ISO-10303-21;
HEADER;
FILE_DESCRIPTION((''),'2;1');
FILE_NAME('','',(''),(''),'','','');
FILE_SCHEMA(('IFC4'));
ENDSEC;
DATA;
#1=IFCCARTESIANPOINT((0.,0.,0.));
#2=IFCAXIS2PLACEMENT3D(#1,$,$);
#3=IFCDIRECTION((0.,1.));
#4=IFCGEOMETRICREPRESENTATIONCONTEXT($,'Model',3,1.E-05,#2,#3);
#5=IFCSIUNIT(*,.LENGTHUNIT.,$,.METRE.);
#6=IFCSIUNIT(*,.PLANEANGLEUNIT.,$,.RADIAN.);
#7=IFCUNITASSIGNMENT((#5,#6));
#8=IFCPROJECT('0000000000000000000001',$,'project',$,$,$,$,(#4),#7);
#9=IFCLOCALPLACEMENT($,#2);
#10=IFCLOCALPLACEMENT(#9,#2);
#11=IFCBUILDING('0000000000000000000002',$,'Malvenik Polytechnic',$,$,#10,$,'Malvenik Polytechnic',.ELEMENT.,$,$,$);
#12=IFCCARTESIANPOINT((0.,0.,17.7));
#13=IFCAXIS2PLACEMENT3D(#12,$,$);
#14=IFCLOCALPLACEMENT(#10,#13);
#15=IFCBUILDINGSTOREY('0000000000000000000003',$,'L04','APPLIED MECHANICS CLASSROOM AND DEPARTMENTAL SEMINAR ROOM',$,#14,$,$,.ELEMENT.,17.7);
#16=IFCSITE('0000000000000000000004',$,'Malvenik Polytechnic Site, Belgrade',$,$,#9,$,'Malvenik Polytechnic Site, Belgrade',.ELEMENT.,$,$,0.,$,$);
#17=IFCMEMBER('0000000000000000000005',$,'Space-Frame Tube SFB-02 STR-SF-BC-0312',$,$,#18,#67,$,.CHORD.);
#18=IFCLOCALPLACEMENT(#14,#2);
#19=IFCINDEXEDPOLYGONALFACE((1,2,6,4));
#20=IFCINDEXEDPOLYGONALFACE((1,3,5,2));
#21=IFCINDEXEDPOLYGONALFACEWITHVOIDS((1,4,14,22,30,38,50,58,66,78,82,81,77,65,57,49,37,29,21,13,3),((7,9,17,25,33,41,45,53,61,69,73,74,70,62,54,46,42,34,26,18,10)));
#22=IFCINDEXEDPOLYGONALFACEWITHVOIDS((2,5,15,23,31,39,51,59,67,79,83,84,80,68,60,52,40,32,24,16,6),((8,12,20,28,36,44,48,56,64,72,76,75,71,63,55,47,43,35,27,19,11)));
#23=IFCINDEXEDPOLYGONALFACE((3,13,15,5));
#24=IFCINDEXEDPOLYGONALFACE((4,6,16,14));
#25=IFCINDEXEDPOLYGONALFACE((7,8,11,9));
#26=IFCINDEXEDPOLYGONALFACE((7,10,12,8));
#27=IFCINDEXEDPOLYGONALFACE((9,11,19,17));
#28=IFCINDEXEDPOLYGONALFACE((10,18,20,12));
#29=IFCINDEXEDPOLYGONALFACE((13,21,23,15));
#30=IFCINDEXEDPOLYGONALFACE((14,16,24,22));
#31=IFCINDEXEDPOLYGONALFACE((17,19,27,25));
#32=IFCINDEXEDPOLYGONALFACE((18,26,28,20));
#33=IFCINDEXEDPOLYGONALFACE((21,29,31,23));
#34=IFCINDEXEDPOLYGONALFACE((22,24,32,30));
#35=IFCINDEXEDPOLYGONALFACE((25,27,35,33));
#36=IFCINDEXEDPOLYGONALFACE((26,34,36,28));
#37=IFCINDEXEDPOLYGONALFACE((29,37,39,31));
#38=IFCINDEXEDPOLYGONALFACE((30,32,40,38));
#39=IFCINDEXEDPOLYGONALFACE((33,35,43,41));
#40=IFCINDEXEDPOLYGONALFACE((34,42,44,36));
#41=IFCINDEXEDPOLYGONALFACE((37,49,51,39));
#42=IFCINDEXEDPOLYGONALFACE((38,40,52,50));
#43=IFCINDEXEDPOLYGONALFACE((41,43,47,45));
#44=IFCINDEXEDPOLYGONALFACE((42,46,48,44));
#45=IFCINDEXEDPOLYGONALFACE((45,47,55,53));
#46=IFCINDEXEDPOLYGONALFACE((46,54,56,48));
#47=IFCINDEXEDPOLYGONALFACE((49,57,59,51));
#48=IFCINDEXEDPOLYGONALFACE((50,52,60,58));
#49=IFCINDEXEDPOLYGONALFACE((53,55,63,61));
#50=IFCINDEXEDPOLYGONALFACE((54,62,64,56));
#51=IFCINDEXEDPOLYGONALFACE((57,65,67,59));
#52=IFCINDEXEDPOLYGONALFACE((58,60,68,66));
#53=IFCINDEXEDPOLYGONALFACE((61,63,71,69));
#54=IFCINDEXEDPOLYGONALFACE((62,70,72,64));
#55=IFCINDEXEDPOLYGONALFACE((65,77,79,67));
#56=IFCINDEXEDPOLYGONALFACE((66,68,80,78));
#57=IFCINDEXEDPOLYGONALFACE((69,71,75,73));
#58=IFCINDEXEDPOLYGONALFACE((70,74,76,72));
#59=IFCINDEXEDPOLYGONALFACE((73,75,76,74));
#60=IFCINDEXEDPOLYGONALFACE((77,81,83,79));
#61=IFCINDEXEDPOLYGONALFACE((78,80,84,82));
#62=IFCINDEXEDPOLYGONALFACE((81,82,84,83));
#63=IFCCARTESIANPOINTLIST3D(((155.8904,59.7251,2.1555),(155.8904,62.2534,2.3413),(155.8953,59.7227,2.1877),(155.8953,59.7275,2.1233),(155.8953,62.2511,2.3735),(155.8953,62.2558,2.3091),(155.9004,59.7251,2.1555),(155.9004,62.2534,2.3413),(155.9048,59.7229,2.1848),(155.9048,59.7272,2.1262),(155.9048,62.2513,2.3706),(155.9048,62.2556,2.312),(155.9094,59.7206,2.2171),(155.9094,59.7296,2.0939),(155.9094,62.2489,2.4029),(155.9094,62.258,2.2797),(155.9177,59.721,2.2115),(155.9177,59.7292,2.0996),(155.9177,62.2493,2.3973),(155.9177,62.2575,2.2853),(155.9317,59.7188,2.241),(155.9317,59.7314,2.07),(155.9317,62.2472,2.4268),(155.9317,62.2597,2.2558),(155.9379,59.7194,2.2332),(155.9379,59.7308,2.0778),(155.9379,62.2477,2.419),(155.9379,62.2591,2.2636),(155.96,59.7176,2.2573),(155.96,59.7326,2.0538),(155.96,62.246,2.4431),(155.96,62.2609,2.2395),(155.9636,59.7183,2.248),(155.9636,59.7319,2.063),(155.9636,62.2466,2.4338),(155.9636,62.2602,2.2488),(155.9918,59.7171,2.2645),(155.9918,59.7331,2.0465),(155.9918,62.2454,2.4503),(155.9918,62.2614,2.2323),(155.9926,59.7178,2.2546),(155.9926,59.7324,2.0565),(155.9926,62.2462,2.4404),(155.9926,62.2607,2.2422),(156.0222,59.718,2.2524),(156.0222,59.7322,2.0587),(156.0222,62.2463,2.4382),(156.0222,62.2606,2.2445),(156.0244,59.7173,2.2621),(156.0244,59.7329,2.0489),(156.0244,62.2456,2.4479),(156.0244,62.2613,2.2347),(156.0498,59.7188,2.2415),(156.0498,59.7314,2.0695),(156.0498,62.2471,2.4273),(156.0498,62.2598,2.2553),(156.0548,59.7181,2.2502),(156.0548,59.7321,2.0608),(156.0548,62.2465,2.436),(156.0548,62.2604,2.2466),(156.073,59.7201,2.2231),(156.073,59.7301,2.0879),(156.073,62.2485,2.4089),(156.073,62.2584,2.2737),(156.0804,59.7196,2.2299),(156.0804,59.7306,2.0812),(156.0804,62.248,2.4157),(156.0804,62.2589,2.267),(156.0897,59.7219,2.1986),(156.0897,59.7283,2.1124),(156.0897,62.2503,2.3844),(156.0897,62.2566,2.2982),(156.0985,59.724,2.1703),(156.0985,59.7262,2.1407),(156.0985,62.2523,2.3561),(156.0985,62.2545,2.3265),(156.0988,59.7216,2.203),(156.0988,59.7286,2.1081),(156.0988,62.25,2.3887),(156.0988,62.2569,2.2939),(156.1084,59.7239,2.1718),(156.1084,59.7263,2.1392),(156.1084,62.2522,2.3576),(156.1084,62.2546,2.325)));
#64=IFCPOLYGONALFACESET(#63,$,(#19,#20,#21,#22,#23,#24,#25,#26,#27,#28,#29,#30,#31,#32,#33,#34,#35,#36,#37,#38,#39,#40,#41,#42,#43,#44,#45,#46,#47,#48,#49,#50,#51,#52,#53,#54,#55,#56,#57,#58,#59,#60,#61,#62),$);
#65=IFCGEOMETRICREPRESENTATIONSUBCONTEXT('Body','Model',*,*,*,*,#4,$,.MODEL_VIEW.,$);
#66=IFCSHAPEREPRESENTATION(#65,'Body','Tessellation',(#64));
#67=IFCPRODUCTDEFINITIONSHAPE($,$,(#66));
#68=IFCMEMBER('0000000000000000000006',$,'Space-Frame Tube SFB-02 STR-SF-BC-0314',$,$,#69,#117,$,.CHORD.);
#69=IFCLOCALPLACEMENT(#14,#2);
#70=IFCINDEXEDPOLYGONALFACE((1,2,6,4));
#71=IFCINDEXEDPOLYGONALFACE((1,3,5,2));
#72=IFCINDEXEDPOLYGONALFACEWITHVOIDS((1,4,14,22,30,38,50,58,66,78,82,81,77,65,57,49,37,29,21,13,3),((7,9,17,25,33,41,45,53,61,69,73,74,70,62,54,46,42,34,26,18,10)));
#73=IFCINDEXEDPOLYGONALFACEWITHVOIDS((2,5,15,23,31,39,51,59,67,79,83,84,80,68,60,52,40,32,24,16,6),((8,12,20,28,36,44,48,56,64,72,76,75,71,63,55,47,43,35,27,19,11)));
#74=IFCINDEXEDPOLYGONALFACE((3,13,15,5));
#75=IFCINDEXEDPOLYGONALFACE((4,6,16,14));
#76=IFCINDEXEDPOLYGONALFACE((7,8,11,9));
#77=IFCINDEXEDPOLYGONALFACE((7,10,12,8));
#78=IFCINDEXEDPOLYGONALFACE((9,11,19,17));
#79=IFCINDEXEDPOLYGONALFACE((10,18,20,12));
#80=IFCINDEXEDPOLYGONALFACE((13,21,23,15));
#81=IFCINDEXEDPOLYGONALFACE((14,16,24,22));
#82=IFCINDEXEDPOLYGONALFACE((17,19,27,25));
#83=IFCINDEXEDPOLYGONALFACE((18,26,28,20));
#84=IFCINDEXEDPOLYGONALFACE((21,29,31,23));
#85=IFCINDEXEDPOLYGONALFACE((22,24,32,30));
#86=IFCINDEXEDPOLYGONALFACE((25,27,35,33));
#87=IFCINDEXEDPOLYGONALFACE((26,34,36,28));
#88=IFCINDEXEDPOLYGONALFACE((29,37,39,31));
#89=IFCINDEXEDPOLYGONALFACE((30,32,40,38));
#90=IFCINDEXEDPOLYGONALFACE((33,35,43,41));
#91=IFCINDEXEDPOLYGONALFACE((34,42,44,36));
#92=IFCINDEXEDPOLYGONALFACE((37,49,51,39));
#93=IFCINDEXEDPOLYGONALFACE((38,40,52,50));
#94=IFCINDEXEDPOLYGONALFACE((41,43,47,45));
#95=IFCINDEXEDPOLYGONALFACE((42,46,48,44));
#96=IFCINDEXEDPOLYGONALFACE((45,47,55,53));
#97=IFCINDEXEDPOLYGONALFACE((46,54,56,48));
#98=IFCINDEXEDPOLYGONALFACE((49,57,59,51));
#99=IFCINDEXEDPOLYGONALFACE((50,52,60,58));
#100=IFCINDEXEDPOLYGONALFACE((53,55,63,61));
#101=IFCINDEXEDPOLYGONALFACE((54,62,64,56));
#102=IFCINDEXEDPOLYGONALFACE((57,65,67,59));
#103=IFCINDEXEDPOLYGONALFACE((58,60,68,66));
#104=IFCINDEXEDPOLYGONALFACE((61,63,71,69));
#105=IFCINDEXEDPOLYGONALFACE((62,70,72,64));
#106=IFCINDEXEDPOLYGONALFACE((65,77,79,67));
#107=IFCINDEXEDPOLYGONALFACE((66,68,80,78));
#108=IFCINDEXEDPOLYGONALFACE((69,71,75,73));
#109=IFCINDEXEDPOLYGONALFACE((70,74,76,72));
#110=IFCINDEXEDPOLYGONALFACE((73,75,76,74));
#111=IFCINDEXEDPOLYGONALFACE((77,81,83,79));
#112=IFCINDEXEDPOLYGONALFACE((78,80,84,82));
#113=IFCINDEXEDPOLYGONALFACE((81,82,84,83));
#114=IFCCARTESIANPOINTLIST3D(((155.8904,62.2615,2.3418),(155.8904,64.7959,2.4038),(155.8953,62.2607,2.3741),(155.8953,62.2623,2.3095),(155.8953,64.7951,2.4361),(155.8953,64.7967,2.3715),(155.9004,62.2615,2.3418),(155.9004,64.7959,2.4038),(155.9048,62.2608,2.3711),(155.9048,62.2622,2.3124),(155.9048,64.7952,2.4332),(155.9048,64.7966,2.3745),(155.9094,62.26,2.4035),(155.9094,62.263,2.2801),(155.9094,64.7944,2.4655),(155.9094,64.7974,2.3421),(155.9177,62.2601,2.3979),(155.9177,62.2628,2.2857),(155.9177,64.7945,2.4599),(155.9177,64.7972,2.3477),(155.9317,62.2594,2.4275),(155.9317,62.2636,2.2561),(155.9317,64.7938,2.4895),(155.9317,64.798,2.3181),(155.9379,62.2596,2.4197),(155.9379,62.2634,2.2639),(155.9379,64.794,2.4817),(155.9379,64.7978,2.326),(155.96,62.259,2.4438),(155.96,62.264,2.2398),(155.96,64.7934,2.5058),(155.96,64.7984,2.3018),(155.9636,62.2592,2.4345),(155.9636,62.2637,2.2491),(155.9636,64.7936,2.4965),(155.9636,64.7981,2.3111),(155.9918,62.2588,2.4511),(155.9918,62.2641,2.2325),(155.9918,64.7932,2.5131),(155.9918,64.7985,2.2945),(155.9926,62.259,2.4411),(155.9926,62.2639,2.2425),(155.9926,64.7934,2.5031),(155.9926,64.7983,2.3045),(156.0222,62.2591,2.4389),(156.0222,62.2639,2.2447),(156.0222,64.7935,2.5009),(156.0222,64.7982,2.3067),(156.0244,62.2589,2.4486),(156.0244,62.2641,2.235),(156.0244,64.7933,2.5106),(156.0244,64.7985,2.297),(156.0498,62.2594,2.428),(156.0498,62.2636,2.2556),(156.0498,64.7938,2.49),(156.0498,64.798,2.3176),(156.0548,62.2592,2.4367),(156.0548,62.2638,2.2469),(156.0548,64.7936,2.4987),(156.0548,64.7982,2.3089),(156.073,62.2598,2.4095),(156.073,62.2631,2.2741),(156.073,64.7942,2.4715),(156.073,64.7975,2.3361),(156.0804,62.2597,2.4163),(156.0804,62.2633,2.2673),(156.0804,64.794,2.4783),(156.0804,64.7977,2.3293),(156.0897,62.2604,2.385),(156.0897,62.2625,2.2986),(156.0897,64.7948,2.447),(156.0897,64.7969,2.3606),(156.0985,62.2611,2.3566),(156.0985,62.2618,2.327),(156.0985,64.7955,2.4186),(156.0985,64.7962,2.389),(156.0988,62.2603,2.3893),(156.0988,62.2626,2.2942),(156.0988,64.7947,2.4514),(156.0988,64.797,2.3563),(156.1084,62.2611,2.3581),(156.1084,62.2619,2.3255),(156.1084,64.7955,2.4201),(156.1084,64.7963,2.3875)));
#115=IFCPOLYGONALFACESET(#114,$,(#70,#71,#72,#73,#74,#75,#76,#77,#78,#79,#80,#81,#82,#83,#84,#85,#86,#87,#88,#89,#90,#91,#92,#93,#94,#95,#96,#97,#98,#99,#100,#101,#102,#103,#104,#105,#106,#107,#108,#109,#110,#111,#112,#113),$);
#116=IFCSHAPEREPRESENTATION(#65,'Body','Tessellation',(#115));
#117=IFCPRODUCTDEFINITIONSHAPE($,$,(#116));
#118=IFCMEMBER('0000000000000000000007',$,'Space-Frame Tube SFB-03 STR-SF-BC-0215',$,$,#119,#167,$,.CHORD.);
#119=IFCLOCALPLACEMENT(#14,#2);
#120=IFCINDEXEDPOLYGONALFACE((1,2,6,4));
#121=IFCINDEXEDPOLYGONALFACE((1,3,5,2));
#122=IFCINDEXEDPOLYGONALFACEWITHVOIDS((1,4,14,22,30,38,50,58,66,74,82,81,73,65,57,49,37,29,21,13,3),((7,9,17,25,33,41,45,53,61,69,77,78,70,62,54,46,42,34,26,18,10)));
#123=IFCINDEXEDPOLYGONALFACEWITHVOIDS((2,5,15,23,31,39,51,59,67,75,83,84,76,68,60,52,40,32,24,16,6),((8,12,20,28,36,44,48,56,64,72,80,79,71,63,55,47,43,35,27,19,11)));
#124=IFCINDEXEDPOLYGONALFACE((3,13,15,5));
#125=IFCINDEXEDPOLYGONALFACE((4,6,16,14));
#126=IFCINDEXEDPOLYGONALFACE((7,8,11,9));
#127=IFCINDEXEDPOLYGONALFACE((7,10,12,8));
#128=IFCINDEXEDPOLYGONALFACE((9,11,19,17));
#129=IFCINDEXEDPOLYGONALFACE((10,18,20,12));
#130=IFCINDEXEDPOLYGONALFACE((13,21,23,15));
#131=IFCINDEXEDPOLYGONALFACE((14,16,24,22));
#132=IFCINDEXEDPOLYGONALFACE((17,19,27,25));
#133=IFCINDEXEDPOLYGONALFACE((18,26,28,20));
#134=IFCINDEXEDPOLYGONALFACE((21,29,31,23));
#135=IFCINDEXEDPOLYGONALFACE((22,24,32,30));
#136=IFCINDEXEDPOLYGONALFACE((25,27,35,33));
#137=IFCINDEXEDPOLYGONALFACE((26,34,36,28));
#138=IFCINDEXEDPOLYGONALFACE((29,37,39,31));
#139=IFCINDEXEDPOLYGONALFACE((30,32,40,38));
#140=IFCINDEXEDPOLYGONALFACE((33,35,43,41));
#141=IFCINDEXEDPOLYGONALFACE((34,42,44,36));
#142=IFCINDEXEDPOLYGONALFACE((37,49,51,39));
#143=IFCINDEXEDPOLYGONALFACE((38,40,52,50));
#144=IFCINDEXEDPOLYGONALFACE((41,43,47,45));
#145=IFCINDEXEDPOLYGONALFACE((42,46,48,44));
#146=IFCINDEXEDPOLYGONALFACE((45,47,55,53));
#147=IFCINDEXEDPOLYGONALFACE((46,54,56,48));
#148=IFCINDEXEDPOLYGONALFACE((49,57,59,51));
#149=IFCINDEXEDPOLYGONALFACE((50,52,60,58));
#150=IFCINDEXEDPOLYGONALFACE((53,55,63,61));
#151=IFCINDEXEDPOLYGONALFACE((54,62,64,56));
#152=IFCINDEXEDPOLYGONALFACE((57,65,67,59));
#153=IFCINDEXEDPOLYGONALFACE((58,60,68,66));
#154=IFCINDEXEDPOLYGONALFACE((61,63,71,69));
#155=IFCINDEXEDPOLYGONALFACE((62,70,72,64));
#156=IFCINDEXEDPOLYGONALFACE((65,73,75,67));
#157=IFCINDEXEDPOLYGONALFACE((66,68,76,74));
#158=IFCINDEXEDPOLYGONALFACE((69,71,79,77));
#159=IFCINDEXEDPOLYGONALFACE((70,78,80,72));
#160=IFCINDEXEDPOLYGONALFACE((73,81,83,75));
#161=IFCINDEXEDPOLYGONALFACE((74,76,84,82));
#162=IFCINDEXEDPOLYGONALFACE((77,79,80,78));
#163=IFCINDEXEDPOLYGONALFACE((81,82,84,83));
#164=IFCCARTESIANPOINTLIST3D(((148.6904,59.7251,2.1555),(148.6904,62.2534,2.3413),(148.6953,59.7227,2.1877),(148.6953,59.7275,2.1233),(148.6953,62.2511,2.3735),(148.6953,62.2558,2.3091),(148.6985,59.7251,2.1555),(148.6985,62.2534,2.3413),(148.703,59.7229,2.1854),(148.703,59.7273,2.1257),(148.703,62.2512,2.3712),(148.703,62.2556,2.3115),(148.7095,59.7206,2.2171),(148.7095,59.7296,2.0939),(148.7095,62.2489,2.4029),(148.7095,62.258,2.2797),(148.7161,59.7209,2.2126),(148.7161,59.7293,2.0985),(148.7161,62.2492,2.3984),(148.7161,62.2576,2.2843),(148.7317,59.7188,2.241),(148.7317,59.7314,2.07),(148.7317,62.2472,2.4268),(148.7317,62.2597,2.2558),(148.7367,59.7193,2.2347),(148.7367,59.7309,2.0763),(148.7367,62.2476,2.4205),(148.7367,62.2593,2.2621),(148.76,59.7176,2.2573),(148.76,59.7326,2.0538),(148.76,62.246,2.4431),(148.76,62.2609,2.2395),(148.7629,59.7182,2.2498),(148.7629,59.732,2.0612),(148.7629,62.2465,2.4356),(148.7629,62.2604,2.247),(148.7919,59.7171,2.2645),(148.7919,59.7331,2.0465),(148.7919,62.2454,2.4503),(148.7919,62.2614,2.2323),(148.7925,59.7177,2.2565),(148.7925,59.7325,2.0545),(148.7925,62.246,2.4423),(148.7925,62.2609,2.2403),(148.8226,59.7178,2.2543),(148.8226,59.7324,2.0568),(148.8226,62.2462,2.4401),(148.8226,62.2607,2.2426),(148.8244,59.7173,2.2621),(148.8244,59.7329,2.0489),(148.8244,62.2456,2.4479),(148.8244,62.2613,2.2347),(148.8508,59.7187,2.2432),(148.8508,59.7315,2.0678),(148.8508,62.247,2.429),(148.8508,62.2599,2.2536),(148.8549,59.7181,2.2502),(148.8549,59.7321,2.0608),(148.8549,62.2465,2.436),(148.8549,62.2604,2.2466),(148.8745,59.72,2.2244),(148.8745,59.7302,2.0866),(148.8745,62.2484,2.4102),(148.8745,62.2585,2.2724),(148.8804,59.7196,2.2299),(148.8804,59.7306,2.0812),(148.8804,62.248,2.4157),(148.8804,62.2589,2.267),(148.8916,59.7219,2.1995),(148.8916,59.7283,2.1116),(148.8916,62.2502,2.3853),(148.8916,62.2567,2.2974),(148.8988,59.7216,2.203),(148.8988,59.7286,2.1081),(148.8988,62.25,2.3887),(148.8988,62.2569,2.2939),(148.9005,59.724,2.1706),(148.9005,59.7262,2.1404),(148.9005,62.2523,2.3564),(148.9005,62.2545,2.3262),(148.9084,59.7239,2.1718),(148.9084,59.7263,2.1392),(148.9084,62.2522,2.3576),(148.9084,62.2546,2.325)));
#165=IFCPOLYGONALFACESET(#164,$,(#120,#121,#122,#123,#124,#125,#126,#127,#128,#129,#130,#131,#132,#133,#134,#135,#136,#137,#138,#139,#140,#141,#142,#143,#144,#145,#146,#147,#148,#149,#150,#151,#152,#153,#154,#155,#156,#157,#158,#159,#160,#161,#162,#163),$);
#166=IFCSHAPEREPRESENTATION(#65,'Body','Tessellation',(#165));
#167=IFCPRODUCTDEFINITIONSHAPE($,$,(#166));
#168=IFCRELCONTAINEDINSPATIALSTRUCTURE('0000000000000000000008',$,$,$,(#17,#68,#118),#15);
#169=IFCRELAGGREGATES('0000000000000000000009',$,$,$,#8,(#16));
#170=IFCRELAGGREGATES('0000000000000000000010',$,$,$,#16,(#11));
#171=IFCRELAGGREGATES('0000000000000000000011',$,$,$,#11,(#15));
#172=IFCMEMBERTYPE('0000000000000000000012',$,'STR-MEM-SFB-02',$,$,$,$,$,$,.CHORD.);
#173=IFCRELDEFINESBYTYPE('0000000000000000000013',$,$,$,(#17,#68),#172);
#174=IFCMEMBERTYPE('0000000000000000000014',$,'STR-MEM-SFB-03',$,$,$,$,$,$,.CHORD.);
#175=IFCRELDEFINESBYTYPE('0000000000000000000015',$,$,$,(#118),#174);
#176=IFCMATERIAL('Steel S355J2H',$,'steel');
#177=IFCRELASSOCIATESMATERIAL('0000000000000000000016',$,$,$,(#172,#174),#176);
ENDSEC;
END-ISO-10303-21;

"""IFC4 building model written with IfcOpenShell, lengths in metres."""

from ifc_helpers import new_model, si_unit, direction, frame, origin, origin_2d, place, context, subcontext, project, spatial, hollow_circle, extrude, material, material_profile, profile_set, type_object, element, save


model = new_model("IFC4")

# Units and contexts
model_context = context("Model", 3, precision=1e-05, world=origin(), true_north=direction((0.0, 1.0)))
body_context = subcontext(model_context, "Body", "Model", "MODEL_VIEW")
ifc_project = project(units=[si_unit("LENGTHUNIT", "METRE"), si_unit("PLANEANGLEUNIT", "RADIAN")], contexts=[model_context])

# Site, building, storey
site_placement = place(None, origin())
site = spatial("IfcSite", under=ifc_project, at=site_placement, Name="Malvenik Polytechnic Site, Belgrade", LongName="Malvenik Polytechnic Site, Belgrade", CompositionType="ELEMENT", RefElevation=0.0)
building_placement = place(site_placement, origin())
building = spatial("IfcBuilding", under=site, at=building_placement, Name="Malvenik Polytechnic", LongName="Malvenik Polytechnic", CompositionType="ELEMENT")
storey_placement = place(building_placement, frame((0.0, 0.0, 17.7)))
storey = spatial("IfcBuildingStorey", under=building, at=storey_placement, Name="L04", Description="APPLIED MECHANICS CLASSROOM AND DEPARTMENTAL SEMINAR ROOM", CompositionType="ELEMENT", Elevation=17.7)

# Members
ifc_material = material(Name="Steel S355J2H", Category="steel")
ifc_material_profile_1 = material_profile(ifc_material, hollow_circle(Radius=0.1096, WallThickness=0.01, at=origin_2d()), Name="CHS 219.1x10.0")
ifc_profile_set_1 = profile_set([ifc_material_profile_1], Name="Steel S355J2H")
member_type_1 = type_object("IfcMemberType", Name="STR-MEM-SFB-02", PredefinedType="CHORD", material=ifc_profile_set_1)
for number, where, z_axis, x_axis, name in (
    (1, (156.0, 59.7251, 2.1555), (0.0, 0.997311, 0.073286), (-1.0, 0.0, 0.0), "Space-Frame Tube SFB-02 STR-SF-BC-0312"),
    (2, (156.0, 62.2615, 2.3418), (0.0, 0.999701, 0.02446), (-1.0, 0.0, 0.0), "Space-Frame Tube SFB-02 STR-SF-BC-0314"),
):
    element("IfcMember", number, at=place(storey_placement, frame(where, z_axis=z_axis, x_axis=x_axis)), inside=storey, type_object=member_type_1, Name=name, PredefinedType="CHORD", context=body_context, shape_type="SweptSolid", body=[
        extrude(hollow_circle(Radius=0.1096, WallThickness=0.01, at=origin_2d()), origin(), (0.0, 0.0, 1.0), 2.5352),
    ])
ifc_material_profile_2 = material_profile(ifc_material, hollow_circle(Radius=0.1096, WallThickness=0.0081, at=origin_2d()), Name="CHS 219.1x8.0")
ifc_profile_set_2 = profile_set([ifc_material_profile_2], Name="Steel S355J2H")
member_type_2 = type_object("IfcMemberType", Name="STR-MEM-SFB-03", PredefinedType="CHORD", material=ifc_profile_set_2)
for number, where, z_axis, x_axis, name in (
    (3, (148.8, 59.7251, 2.1555), (0.0, 0.997311, 0.073286), (-1.0, 0.0, 0.0), "Space-Frame Tube SFB-03 STR-SF-BC-0215"),
):
    element("IfcMember", number, at=place(storey_placement, frame(where, z_axis=z_axis, x_axis=x_axis)), inside=storey, type_object=member_type_2, Name=name, PredefinedType="CHORD", context=body_context, shape_type="SweptSolid", body=[
        extrude(hollow_circle(Radius=0.1096, WallThickness=0.0081, at=origin_2d()), origin(), (0.0, 0.0, 1.0), 2.5352),
    ])

save(model, "model.ifc")
